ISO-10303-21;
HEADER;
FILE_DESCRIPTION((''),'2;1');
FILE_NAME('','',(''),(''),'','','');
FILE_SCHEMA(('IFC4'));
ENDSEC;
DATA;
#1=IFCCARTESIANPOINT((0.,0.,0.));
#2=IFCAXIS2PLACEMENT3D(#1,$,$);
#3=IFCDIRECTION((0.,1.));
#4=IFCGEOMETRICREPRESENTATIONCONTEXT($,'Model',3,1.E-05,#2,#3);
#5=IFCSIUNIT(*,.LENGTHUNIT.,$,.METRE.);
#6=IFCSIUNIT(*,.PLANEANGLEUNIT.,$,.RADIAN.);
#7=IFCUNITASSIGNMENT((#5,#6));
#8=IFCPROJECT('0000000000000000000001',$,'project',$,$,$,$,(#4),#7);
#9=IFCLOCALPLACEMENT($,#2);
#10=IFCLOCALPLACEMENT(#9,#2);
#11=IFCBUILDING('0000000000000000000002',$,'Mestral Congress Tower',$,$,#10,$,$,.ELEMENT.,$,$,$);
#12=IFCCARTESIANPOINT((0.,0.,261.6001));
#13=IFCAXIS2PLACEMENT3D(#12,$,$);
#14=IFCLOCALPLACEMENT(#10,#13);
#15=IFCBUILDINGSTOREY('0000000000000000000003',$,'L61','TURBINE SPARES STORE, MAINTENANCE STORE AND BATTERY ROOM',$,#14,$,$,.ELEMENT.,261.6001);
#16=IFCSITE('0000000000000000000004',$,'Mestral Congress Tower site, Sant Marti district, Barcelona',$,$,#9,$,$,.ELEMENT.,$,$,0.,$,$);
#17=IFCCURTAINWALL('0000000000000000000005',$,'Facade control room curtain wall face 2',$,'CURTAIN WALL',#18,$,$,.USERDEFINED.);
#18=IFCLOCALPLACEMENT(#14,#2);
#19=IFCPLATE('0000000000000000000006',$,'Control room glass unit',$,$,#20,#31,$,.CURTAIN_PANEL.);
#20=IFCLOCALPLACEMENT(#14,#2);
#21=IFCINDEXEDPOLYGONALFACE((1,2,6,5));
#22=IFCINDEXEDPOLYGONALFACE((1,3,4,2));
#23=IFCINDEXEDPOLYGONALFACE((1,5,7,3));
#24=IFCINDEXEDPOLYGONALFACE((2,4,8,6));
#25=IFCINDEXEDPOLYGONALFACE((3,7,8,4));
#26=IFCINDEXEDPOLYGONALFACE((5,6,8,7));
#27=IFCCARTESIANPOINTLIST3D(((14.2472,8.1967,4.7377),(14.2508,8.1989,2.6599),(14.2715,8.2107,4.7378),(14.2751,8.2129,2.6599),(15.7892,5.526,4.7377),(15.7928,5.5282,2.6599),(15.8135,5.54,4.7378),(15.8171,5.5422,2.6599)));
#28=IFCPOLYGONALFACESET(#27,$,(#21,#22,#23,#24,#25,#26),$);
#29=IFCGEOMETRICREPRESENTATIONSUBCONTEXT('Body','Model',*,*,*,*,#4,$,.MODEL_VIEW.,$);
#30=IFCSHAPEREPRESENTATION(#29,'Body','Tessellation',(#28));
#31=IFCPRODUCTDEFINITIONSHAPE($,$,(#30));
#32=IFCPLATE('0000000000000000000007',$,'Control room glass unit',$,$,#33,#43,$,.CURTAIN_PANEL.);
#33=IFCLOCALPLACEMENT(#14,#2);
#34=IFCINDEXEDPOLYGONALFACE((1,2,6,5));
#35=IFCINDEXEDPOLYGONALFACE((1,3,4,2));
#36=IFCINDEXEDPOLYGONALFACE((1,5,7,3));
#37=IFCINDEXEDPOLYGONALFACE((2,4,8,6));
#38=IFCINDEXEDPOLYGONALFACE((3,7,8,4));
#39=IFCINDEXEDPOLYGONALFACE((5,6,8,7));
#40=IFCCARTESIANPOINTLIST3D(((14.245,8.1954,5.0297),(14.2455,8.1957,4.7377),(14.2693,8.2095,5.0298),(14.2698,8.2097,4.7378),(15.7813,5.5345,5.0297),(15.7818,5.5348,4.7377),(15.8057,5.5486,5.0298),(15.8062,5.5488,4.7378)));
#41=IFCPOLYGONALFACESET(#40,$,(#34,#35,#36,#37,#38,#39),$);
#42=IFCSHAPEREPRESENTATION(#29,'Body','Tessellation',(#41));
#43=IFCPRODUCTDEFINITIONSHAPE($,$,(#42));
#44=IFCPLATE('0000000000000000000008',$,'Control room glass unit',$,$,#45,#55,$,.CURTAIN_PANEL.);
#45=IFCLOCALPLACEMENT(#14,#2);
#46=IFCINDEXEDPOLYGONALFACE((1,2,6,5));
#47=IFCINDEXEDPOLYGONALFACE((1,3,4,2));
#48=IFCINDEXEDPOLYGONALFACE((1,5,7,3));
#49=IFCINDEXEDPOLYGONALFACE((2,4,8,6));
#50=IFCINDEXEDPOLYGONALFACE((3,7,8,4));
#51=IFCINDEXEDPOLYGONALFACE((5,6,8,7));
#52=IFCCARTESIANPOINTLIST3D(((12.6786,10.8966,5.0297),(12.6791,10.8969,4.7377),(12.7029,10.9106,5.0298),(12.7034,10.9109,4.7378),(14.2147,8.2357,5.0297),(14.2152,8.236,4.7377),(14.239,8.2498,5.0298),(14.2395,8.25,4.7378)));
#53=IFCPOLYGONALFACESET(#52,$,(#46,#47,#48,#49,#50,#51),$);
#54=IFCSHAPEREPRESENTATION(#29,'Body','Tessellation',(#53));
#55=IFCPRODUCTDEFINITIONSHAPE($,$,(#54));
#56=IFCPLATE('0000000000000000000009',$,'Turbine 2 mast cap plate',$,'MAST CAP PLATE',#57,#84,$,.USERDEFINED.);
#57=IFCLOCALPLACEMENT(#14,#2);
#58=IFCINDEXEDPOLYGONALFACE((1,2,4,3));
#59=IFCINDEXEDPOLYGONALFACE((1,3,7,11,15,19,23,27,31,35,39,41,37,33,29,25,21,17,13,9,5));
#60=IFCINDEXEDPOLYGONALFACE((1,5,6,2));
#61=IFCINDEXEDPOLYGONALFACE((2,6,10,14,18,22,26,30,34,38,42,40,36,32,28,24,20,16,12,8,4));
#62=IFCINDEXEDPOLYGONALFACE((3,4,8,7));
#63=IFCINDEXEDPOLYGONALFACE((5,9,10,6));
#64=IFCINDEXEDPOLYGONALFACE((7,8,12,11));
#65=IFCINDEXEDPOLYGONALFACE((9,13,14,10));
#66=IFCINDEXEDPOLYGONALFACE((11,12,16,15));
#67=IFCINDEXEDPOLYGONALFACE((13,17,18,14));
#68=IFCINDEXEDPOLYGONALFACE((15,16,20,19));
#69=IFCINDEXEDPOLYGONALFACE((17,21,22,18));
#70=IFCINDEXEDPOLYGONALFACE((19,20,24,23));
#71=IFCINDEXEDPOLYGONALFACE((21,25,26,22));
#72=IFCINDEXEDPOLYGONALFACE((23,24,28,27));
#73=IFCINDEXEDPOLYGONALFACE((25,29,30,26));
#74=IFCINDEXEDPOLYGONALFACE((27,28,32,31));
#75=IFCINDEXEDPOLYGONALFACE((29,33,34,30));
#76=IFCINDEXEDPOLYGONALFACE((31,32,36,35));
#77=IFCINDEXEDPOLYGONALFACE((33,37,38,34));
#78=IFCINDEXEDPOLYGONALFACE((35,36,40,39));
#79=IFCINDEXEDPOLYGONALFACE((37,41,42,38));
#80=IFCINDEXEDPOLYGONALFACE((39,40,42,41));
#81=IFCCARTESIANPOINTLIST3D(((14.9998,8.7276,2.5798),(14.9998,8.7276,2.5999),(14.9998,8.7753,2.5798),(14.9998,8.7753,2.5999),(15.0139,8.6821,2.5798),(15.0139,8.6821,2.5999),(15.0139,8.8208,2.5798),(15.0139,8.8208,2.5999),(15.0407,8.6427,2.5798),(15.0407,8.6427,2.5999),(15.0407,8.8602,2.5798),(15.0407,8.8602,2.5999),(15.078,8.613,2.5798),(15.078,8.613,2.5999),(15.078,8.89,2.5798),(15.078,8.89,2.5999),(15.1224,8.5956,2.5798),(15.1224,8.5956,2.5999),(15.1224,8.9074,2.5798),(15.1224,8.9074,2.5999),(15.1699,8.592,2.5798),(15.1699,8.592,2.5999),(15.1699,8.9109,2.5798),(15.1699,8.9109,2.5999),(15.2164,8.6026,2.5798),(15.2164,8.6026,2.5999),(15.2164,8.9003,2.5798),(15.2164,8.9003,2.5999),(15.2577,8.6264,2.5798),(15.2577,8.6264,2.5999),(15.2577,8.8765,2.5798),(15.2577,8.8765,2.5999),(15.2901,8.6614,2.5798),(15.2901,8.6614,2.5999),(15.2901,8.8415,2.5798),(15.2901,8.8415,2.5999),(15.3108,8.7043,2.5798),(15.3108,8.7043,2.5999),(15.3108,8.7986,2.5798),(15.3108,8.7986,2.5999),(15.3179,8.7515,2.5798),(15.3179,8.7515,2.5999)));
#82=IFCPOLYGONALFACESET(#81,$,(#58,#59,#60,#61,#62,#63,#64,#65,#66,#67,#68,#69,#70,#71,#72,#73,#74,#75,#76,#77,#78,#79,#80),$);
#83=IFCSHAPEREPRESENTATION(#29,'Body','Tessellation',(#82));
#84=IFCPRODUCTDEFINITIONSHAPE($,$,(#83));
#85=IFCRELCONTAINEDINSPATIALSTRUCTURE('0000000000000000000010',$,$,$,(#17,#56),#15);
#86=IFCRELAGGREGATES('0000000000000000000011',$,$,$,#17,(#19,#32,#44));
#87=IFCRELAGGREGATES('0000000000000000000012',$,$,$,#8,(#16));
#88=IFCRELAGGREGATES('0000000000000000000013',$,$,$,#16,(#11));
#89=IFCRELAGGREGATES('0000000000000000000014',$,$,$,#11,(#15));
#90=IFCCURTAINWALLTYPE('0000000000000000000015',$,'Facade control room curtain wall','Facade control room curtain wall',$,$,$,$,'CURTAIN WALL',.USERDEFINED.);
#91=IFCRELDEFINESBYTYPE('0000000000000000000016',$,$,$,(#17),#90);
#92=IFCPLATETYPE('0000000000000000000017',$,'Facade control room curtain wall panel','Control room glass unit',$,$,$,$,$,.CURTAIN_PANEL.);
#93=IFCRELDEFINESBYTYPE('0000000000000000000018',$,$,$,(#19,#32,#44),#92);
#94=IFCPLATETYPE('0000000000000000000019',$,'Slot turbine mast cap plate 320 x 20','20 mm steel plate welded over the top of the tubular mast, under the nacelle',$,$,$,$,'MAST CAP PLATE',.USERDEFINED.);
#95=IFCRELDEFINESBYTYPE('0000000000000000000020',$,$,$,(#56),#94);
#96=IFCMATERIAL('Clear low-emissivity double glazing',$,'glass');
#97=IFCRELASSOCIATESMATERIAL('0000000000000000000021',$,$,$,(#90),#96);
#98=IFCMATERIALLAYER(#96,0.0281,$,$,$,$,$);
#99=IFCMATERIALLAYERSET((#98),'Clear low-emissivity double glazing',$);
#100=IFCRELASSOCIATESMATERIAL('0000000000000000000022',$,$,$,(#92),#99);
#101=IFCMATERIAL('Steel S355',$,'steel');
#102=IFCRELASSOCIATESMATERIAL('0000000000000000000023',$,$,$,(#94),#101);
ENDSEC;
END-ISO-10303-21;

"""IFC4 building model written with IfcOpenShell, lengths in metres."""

from ifc_helpers import new_model, si_unit, direction, frame, origin, origin_2d, place, context, subcontext, project, spatial, polyline, circle, outline, extrude, material, layer, layer_set, material_profile, profile_set, type_object, element, aggregate, save


model = new_model("IFC4")

# Units and contexts
model_context = context("Model", 3, precision=1e-05, world=origin(), true_north=direction((0.0, 1.0)))
body_context = subcontext(model_context, "Body", "Model", "MODEL_VIEW")
ifc_project = project(units=[si_unit("LENGTHUNIT", "METRE"), si_unit("PLANEANGLEUNIT", "RADIAN")], contexts=[model_context])

# Site, building, storey
site_placement = place(None, origin())
site = spatial("IfcSite", under=ifc_project, at=site_placement, Name="Mestral Congress Tower site, Sant Marti district, Barcelona", CompositionType="ELEMENT", RefElevation=0.0)
building_placement = place(site_placement, origin())
building = spatial("IfcBuilding", under=site, at=building_placement, Name="Mestral Congress Tower", CompositionType="ELEMENT")
storey_placement = place(building_placement, frame((0.0, 0.0, 261.6001)))
storey = spatial("IfcBuildingStorey", under=building, at=storey_placement, Name="L61", Description="TURBINE SPARES STORE, MAINTENANCE STORE AND BATTERY ROOM", CompositionType="ELEMENT", Elevation=261.6001)

# Curtain wall
ifc_material_1 = material(Name="Clear low-emissivity double glazing", Category="glass")
curtain_wall_type = type_object("IfcCurtainWallType", Name="Facade control room curtain wall", Description="Facade control room curtain wall", ElementType="CURTAIN WALL", PredefinedType="USERDEFINED", material=ifc_material_1)
curtain_wall_placement = place(storey_placement, origin())
curtain_wall = element("IfcCurtainWall", 1, at=curtain_wall_placement, inside=storey, type_object=curtain_wall_type, Name="Facade control room curtain wall face 2", ObjectType="CURTAIN WALL", PredefinedType="USERDEFINED")

# Shared definitions
ifc_material_2 = material(Name="Steel S355", Category="steel")

# Plates
ifc_layer = layer(ifc_material_1, 0.0281)
ifc_layer_set = layer_set([ifc_layer], Name="Clear low-emissivity double glazing")
plate_type_1 = type_object("IfcPlateType", Name="Facade control room curtain wall panel", Description="Control room glass unit", PredefinedType="CURTAIN_PANEL", material=ifc_layer_set)
plate_1_placement = place(storey_placement, frame((14.2751, 8.2129, 2.6599), z_axis=(0.866011, 0.500021, 0.002055), x_axis=(0.500022, -0.866013, 0.0)))
plate_1 = element("IfcPlate", 2, at=plate_1_placement, type_object=plate_type_1, Name="Control room glass unit", PredefinedType="CURTAIN_PANEL", context=body_context, shape_type="SweptSolid", body=[
    extrude(outline(polyline([(0.0, 0.0), (3.0839, 0.0), (3.0839, -2.0779), (0.0001, -2.0779), (0.0, 0.0)])), origin(), (0.0, 0.0, -1.0), 0.0281),
])
plate_2_placement = place(storey_placement, frame((14.2693, 8.2095, 5.0298), z_axis=(0.866008, 0.500027, 0.001866), x_axis=(0.001672, 0.000836, -0.999998)))
plate_2 = element("IfcPlate", 3, at=plate_2_placement, type_object=plate_type_1, Name="Control room glass unit", PredefinedType="CURTAIN_PANEL", context=body_context, shape_type="SweptSolid", body=[
    extrude(outline(polyline([(0.0, 0.0), (0.292, 0.0), (0.2923, -3.0726), (0.0003, -3.0726), (0.0, 0.0)])), origin(), (0.0, 0.0, -1.0), 0.0281),
])
plate_3_placement = place(storey_placement, frame((14.2395, 8.25, 4.7378), z_axis=(0.866042, 0.499967, 0.001866), x_axis=(-0.001672, -0.000836, 0.999998)))
plate_3 = element("IfcPlate", 4, at=plate_3_placement, type_object=plate_type_1, Name="Control room glass unit", PredefinedType="CURTAIN_PANEL", context=body_context, shape_type="SweptSolid", body=[
    extrude(outline(polyline([(0.0, 0.0), (0.292, 0.0), (0.2923, -3.0725), (0.0003, -3.0725), (0.0, 0.0)])), origin(), (0.0, 0.0, -1.0), 0.0281),
])
aggregate(curtain_wall, [plate_1, plate_2, plate_3])
ifc_material_profile_1 = material_profile(ifc_material_2, circle(Radius=0.1599, at=origin_2d()), Name="Cap 320")
ifc_profile_set_1 = profile_set([ifc_material_profile_1], Name="Steel S355")
plate_type_2 = type_object("IfcPlateType", Name="Slot turbine mast cap plate 320 x 20", Description="20 mm steel plate welded over the top of the tubular mast, under the nacelle", ElementType="MAST CAP PLATE", PredefinedType="USERDEFINED", material=ifc_profile_set_1)
plate_4_placement = place(storey_placement, frame((15.158, 8.7515, 2.5798), z_axis=(0.0, 0.0, 1.0), x_axis=(1.0, 0.0, 0.0)))
element("IfcPlate", 5, at=plate_4_placement, inside=storey, type_object=plate_type_2, Name="Turbine 2 mast cap plate", ObjectType="MAST CAP PLATE", PredefinedType="USERDEFINED", context=body_context, shape_type="SweptSolid", body=[
    extrude(circle(Radius=0.1599, at=origin_2d()), origin(), (0.0, 0.0, 1.0), 0.02),
])

save(model, "model.ifc")
